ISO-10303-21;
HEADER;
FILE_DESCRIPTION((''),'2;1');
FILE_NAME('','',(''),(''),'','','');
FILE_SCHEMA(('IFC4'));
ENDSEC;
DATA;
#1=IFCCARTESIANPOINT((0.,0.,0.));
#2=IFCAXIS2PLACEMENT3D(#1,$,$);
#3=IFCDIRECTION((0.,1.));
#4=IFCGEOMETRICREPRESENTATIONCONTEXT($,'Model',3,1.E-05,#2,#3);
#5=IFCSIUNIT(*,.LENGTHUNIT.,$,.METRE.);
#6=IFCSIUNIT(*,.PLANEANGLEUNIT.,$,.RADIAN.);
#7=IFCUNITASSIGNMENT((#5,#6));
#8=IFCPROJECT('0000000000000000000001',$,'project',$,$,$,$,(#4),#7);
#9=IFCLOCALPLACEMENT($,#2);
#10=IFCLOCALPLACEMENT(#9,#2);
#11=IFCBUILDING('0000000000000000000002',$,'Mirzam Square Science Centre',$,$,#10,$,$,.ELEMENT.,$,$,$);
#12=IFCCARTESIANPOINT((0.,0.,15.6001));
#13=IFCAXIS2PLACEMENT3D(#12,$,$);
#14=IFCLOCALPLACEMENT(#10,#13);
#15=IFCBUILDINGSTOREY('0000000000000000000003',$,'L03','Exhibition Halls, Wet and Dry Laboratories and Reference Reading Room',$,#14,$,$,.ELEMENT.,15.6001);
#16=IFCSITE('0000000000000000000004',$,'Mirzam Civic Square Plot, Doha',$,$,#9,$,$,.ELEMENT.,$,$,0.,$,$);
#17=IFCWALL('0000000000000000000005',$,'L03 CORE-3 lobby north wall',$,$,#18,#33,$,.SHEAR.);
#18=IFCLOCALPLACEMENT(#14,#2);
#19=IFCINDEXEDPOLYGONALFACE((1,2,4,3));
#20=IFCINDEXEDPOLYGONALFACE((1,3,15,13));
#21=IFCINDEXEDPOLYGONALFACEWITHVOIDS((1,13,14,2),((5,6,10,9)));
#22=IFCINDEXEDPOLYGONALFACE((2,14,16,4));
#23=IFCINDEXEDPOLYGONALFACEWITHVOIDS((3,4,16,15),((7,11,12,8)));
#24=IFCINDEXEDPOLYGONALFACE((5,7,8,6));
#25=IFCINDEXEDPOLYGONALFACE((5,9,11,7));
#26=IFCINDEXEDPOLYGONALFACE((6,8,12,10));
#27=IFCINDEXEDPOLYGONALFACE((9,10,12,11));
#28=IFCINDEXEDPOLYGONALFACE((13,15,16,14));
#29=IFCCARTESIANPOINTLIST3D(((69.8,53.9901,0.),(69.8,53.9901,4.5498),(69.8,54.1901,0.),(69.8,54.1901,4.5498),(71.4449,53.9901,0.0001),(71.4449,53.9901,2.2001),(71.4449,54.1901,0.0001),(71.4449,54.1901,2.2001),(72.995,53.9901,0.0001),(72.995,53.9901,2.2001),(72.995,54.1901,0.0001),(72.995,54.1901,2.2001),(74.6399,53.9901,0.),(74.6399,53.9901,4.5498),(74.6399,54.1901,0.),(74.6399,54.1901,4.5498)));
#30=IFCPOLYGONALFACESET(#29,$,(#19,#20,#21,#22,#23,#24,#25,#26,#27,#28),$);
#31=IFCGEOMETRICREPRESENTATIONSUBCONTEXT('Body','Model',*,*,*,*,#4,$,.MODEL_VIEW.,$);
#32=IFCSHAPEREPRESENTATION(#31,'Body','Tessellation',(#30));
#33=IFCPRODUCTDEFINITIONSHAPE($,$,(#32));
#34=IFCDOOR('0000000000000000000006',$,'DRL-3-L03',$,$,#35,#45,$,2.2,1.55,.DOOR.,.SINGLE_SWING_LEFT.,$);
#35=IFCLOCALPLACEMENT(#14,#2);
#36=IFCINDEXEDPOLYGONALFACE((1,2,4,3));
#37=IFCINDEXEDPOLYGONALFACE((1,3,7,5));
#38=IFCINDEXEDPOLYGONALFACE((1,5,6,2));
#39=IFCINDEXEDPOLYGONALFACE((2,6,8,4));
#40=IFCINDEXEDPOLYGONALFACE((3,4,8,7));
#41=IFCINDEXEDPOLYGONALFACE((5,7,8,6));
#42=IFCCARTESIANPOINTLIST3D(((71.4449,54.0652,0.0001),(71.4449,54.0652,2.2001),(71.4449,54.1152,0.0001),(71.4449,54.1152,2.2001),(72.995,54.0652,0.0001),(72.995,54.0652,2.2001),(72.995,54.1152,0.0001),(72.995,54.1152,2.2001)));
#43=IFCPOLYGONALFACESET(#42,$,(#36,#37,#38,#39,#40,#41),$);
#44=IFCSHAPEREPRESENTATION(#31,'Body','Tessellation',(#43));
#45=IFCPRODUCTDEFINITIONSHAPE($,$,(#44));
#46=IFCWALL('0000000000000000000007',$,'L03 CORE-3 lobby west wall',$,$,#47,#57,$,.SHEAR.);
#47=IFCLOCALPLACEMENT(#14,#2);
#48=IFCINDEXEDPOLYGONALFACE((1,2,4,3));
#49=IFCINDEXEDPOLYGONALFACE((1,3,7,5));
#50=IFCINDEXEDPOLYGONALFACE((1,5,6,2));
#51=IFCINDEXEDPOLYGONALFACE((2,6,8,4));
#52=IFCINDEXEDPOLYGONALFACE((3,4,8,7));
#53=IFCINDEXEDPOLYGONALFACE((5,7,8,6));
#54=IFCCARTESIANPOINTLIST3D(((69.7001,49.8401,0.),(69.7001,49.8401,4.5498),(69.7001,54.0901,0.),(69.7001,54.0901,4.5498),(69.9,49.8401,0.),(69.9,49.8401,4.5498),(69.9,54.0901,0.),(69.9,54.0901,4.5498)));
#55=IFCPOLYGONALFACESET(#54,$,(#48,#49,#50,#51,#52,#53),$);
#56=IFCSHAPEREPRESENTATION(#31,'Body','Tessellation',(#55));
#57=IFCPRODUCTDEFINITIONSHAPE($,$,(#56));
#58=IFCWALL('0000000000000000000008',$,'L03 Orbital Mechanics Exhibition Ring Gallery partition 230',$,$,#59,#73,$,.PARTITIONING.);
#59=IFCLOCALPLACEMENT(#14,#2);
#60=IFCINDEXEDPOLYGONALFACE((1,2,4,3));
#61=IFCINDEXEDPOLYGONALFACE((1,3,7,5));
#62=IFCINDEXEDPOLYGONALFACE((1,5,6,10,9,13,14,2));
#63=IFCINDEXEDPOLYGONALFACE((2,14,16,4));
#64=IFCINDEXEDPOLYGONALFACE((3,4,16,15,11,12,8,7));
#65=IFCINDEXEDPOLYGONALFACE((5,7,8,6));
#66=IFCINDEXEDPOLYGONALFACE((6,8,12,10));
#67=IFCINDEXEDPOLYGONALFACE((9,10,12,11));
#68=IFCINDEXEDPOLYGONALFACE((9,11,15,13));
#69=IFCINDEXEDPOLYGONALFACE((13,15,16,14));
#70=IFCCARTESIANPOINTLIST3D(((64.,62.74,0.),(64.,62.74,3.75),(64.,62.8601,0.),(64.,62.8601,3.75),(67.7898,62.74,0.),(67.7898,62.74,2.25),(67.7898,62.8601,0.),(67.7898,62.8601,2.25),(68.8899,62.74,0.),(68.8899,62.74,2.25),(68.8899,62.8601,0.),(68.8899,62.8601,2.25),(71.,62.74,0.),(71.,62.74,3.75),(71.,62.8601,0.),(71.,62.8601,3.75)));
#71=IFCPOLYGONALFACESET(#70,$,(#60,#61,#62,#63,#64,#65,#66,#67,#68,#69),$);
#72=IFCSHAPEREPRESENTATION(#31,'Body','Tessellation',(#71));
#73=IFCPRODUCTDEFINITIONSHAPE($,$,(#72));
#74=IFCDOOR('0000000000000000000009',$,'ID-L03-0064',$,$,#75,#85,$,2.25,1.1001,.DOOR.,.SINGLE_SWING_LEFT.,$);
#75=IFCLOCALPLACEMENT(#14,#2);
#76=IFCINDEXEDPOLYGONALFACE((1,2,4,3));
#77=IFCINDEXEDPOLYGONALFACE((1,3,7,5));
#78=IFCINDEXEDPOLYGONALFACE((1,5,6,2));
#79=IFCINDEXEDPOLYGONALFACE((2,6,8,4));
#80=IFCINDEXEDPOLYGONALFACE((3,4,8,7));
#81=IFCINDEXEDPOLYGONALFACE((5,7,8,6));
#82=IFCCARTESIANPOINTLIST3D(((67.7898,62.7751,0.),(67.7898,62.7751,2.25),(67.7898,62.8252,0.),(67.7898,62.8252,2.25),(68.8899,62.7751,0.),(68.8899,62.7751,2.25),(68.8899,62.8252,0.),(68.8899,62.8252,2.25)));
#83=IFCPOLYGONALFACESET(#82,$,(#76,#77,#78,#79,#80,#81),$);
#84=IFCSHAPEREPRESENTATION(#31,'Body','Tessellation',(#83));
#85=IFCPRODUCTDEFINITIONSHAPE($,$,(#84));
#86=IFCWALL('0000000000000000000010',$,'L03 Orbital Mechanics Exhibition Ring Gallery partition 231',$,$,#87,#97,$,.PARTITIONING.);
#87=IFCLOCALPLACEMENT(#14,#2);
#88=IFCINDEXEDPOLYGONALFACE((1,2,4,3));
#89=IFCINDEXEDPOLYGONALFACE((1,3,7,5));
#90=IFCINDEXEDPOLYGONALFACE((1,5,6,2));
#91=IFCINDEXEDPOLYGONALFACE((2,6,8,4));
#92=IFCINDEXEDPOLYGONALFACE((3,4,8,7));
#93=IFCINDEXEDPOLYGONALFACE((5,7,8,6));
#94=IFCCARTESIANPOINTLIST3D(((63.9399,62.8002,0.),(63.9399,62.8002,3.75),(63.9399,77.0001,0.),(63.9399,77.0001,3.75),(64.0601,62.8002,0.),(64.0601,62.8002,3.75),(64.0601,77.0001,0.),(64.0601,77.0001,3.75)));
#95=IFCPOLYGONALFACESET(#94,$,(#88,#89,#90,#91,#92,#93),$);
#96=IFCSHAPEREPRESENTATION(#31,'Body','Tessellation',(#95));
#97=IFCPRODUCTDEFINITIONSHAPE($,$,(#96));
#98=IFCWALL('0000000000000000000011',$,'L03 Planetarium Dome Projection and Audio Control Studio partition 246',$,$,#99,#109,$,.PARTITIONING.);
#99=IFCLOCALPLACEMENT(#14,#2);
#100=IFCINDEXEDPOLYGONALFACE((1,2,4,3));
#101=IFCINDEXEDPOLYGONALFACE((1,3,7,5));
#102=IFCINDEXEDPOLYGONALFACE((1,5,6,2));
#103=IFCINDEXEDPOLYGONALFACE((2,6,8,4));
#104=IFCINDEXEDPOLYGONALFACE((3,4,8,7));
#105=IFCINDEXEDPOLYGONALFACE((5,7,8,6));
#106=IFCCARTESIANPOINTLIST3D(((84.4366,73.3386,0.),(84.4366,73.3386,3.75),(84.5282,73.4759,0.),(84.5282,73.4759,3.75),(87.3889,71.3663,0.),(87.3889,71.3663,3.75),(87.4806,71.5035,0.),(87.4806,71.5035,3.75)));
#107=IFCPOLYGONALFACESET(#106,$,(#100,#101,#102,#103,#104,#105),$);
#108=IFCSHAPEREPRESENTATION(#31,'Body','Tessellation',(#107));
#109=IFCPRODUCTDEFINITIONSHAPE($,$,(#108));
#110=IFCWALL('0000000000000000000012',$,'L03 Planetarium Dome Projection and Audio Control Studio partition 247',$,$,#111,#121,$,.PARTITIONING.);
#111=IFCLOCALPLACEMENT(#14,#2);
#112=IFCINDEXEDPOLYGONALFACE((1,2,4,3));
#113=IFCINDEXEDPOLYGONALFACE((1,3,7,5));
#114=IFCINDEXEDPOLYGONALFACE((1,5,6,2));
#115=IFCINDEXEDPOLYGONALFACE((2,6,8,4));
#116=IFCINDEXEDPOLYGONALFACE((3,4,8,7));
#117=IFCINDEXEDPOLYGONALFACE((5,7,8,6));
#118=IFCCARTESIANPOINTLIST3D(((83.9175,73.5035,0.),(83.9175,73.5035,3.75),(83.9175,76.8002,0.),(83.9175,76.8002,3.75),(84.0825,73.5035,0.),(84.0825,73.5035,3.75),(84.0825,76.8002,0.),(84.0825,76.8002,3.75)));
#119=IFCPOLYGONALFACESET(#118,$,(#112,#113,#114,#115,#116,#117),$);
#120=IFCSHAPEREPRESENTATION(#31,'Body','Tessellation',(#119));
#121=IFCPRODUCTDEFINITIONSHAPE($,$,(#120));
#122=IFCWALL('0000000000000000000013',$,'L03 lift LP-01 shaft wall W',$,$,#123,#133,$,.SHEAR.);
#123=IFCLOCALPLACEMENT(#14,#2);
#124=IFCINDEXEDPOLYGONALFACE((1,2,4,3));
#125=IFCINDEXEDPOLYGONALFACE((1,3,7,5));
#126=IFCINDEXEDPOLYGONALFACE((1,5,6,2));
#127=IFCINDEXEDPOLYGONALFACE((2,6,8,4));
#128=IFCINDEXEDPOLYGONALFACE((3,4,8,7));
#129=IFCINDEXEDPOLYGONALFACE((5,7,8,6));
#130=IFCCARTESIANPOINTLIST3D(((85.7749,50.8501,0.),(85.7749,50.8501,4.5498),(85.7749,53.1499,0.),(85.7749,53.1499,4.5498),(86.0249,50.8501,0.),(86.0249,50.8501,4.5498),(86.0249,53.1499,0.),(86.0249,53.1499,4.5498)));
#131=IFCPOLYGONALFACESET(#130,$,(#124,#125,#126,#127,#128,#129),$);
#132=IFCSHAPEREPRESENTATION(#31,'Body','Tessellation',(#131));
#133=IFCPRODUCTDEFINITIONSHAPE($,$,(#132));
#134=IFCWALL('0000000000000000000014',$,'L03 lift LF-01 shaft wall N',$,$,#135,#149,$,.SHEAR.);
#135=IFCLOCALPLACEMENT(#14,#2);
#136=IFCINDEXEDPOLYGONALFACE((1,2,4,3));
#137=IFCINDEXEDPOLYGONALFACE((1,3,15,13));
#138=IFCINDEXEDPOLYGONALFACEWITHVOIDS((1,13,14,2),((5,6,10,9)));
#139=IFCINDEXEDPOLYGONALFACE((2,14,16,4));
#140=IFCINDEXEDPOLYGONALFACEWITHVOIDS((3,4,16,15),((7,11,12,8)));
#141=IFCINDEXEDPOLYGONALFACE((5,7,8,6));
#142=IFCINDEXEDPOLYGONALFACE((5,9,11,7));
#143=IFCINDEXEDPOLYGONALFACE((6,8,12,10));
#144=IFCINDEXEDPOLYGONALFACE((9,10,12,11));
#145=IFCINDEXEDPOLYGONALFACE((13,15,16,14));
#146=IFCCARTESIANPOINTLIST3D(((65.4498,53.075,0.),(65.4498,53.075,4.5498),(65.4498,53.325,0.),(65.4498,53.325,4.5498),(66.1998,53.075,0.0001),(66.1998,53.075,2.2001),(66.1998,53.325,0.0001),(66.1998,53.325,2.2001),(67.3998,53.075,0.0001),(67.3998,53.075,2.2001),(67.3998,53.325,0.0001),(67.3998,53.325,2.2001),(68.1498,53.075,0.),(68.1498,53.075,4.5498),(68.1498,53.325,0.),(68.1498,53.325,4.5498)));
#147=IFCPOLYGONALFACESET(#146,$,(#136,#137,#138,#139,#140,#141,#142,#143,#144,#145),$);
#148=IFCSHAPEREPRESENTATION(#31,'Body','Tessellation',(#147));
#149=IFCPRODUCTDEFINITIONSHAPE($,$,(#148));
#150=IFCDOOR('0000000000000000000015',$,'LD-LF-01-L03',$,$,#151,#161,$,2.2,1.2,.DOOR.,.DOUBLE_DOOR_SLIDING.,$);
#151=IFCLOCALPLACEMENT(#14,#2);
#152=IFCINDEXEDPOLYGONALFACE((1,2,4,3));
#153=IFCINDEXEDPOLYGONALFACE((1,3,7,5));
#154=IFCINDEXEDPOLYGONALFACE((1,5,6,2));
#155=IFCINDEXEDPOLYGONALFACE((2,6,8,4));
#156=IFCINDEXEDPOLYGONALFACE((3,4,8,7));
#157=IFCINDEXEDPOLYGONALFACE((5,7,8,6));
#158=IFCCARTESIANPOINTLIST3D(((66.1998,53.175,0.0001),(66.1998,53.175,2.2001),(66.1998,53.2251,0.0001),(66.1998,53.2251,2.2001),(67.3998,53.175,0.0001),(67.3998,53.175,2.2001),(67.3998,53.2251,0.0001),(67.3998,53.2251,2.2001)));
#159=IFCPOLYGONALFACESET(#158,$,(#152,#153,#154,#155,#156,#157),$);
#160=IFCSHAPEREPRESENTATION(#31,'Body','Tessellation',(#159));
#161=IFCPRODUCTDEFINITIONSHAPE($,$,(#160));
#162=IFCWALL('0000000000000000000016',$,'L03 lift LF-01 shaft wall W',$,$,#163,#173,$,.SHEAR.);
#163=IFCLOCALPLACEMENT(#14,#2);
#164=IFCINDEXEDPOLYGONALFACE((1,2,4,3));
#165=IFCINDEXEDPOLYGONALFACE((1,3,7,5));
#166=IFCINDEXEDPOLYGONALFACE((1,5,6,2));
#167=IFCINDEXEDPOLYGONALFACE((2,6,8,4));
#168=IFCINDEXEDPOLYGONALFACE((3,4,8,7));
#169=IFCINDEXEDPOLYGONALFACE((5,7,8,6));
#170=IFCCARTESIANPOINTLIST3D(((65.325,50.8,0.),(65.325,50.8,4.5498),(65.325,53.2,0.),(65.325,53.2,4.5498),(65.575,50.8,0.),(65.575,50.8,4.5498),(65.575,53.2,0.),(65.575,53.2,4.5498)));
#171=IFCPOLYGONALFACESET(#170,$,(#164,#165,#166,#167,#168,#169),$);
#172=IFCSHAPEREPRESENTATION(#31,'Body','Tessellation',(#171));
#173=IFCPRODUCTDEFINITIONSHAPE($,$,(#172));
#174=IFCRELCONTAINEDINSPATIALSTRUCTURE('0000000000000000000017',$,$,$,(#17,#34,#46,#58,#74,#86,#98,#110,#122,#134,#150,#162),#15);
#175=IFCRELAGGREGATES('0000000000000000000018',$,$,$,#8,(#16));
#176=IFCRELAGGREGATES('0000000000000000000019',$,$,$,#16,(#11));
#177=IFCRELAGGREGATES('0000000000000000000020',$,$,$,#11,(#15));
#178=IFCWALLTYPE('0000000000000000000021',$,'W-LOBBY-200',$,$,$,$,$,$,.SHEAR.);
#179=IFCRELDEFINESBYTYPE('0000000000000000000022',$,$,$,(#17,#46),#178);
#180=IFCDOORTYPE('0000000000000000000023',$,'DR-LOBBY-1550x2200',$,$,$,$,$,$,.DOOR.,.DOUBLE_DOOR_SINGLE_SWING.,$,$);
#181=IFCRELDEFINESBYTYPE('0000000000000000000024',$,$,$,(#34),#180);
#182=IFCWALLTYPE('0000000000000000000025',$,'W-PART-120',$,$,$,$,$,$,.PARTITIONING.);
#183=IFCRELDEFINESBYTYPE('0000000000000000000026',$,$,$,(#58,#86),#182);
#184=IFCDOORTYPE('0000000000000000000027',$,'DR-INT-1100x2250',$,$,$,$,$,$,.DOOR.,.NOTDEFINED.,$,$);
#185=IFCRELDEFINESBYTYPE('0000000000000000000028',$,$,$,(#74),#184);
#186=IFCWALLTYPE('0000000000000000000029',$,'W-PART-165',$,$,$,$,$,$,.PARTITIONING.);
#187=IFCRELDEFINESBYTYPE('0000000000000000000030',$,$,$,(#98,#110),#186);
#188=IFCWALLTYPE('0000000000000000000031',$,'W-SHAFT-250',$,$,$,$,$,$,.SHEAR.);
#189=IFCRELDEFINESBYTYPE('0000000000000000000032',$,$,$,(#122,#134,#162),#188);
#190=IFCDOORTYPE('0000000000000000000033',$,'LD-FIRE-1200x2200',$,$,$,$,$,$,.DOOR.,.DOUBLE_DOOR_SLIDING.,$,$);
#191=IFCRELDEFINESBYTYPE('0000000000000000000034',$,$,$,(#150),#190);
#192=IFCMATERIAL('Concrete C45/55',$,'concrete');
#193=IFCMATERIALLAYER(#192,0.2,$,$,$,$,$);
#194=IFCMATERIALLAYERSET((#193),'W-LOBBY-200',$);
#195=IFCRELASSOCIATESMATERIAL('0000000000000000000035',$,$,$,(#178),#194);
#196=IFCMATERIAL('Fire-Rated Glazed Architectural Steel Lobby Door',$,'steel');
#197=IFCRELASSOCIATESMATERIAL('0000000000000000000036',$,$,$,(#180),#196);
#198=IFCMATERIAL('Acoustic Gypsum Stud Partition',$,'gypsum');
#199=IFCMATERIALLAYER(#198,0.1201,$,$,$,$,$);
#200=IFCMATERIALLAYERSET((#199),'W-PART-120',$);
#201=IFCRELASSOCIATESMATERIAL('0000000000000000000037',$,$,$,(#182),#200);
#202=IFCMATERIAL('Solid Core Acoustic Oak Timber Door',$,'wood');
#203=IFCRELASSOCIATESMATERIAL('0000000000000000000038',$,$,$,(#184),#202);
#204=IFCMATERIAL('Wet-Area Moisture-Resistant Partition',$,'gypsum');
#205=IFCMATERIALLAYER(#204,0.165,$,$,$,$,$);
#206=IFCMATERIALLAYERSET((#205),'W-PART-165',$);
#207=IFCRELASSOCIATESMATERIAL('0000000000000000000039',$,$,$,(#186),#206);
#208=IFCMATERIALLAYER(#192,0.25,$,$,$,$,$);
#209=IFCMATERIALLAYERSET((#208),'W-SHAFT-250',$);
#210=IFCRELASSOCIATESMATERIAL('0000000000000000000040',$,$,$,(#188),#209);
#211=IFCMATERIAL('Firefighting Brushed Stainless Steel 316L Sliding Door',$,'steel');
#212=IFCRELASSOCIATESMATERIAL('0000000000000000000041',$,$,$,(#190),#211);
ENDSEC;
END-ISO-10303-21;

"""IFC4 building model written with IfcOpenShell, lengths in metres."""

from ifc_helpers import new_model, si_unit, direction, frame, frame_2d, origin, place, context, subcontext, project, spatial, rectangle, extrude, material, layer, layer_set, type_object, element, fill, save


model = new_model("IFC4")

# Units and contexts
model_context = context("Model", 3, precision=1e-05, world=origin(), true_north=direction((0.0, 1.0)))
body_context = subcontext(model_context, "Body", "Model", "MODEL_VIEW")
ifc_project = project(units=[si_unit("LENGTHUNIT", "METRE"), si_unit("PLANEANGLEUNIT", "RADIAN")], contexts=[model_context])

# Site, building, storey
site_placement = place(None, origin())
site = spatial("IfcSite", under=ifc_project, at=site_placement, Name="Mirzam Civic Square Plot, Doha", CompositionType="ELEMENT", RefElevation=0.0)
building_placement = place(site_placement, origin())
building = spatial("IfcBuilding", under=site, at=building_placement, Name="Mirzam Square Science Centre", CompositionType="ELEMENT")
storey_placement = place(building_placement, frame((0.0, 0.0, 15.6001)))
storey = spatial("IfcBuildingStorey", under=building, at=storey_placement, Name="L03", Description="Exhibition Halls, Wet and Dry Laboratories and Reference Reading Room", CompositionType="ELEMENT", Elevation=15.6001)

# Shared definitions
ifc_material_1 = material(Name="Concrete C45/55", Category="concrete")

# Wall, opening, door
ifc_layer_1 = layer(ifc_material_1, 0.2)
ifc_layer_set_1 = layer_set([ifc_layer_1], Name="W-LOBBY-200")
wall_type_1 = type_object("IfcWallType", Name="W-LOBBY-200", PredefinedType="SHEAR", material=ifc_layer_set_1)
wall_1_placement = place(storey_placement, frame((74.6399, 54.0901, 0.0), z_axis=(0.0, 0.0, 1.0), x_axis=(-1.0, 0.0, 0.0)))
wall_1 = element("IfcWall", 1, at=wall_1_placement, inside=storey, type_object=wall_type_1, Name="L03 CORE-3 lobby north wall", PredefinedType="SHEAR", context=body_context, shape_type="SweptSolid", body=[
    extrude(rectangle(XDim=4.8398, YDim=0.2, at=frame_2d((2.4199, 0.0))), origin(), (0.0, 0.0, 1.0), 4.5498),
])
opening_1_placement = place(wall_1_placement, frame((1.645, 0.0, 0.0)))
opening_1 = element("IfcOpeningElement", 2, at=opening_1_placement, cuts=wall_1, PredefinedType="OPENING", context=body_context, shape_type="SweptSolid", body=[
    extrude(rectangle(XDim=1.55, YDim=2.2, at=frame_2d((0.7749, 1.1001))), frame((0.0, 0.1099, 0.0), z_axis=(0.0, -1.0, 0.0), x_axis=(1.0, 0.0, 0.0)), (0.0, 0.0, 1.0), 0.22),
])
ifc_material_2 = material(Name="Fire-Rated Glazed Architectural Steel Lobby Door", Category="steel")
door_type_1 = type_object("IfcDoorType", Name="DR-LOBBY-1550x2200", OperationType="DOUBLE_DOOR_SINGLE_SWING", PredefinedType="DOOR", material=ifc_material_2)
door_1_placement = place(opening_1_placement, origin())
door_1 = element("IfcDoor", 3, at=door_1_placement, inside=storey, type_object=door_type_1, Name="DRL-3-L03", OperationType="SINGLE_SWING_LEFT", OverallHeight=2.2, OverallWidth=1.55, PredefinedType="DOOR", context=body_context, shape_type="SweptSolid", body=[
    extrude(rectangle(XDim=1.55, YDim=2.2, at=frame_2d((0.7749, 1.1001))), frame((0.0, 0.0249, 0.0), z_axis=(0.0, -1.0, 0.0), x_axis=(1.0, 0.0, 0.0)), (0.0, 0.0, 1.0), 0.05),
])
fill(opening_1, door_1)

# Wall
wall_2_placement = place(storey_placement, frame((69.8, 54.0901, 0.0), z_axis=(0.0, 0.0, 1.0), x_axis=(0.0, -1.0, 0.0)))
element("IfcWall", 4, at=wall_2_placement, inside=storey, type_object=wall_type_1, Name="L03 CORE-3 lobby west wall", PredefinedType="SHEAR", context=body_context, shape_type="SweptSolid", body=[
    extrude(rectangle(XDim=4.25, YDim=0.2, at=frame_2d((2.125, 0.0))), origin(), (0.0, 0.0, 1.0), 4.5498),
])

# Wall, opening, door
ifc_material_3 = material(Name="Acoustic Gypsum Stud Partition", Category="gypsum")
ifc_layer_2 = layer(ifc_material_3, 0.1201)
ifc_layer_set_2 = layer_set([ifc_layer_2], Name="W-PART-120")
wall_type_2 = type_object("IfcWallType", Name="W-PART-120", PredefinedType="PARTITIONING", material=ifc_layer_set_2)
wall_3_placement = place(storey_placement, frame((71.0, 62.8, 0.0), z_axis=(0.0, 0.0, 1.0), x_axis=(-1.0, 0.0, 0.0)))
wall_3 = element("IfcWall", 5, at=wall_3_placement, inside=storey, type_object=wall_type_2, Name="L03 Orbital Mechanics Exhibition Ring Gallery partition 230", PredefinedType="PARTITIONING", context=body_context, shape_type="SweptSolid", body=[
    extrude(rectangle(XDim=7.0, YDim=0.1201, at=frame_2d((3.5, 0.0))), origin(), (0.0, 0.0, 1.0), 3.75),
])
opening_2_placement = place(wall_3_placement, frame((2.1101, 0.0, 0.0)))
opening_2 = element("IfcOpeningElement", 6, at=opening_2_placement, cuts=wall_3, PredefinedType="OPENING", context=body_context, shape_type="SweptSolid", body=[
    extrude(rectangle(XDim=1.1001, YDim=2.25, at=frame_2d((0.55, 1.125))), frame((0.0, 0.0701, 0.0), z_axis=(0.0, -1.0, 0.0), x_axis=(1.0, 0.0, 0.0)), (0.0, 0.0, 1.0), 0.1401),
])
ifc_material_4 = material(Name="Solid Core Acoustic Oak Timber Door", Category="wood")
door_type_2 = type_object("IfcDoorType", Name="DR-INT-1100x2250", OperationType="NOTDEFINED", PredefinedType="DOOR", material=ifc_material_4)
door_2_placement = place(opening_2_placement, origin())
door_2 = element("IfcDoor", 7, at=door_2_placement, inside=storey, type_object=door_type_2, Name="ID-L03-0064", OperationType="SINGLE_SWING_LEFT", OverallHeight=2.25, OverallWidth=1.1001, PredefinedType="DOOR", context=body_context, shape_type="SweptSolid", body=[
    extrude(rectangle(XDim=1.1001, YDim=2.25, at=frame_2d((0.55, 1.125))), frame((0.0, 0.0249, 0.0), z_axis=(0.0, -1.0, 0.0), x_axis=(1.0, 0.0, 0.0)), (0.0, 0.0, 1.0), 0.05),
])
fill(opening_2, door_2)

# Walls
wall_4_placement = place(storey_placement, frame((64.0, 62.8, 0.0), z_axis=(0.0, 0.0, 1.0), x_axis=(0.0, 1.0, 0.0)))
element("IfcWall", 8, at=wall_4_placement, inside=storey, type_object=wall_type_2, Name="L03 Orbital Mechanics Exhibition Ring Gallery partition 231", PredefinedType="PARTITIONING", context=body_context, shape_type="SweptSolid", body=[
    extrude(rectangle(XDim=14.2, YDim=0.1201, at=frame_2d((7.1001, 0.0))), origin(), (0.0, 0.0, 1.0), 3.75),
])
ifc_material_5 = material(Name="Wet-Area Moisture-Resistant Partition", Category="gypsum")
ifc_layer_3 = layer(ifc_material_5, 0.165)
ifc_layer_set_3 = layer_set([ifc_layer_3], Name="W-PART-165")
wall_type_3 = type_object("IfcWallType", Name="W-PART-165", PredefinedType="PARTITIONING", material=ifc_layer_set_3)
wall_5_placement = place(storey_placement, frame((87.4348, 71.4348, 0.0), z_axis=(0.0, 0.0, 1.0), x_axis=(-0.83151, 0.555509, 0.0)))
element("IfcWall", 9, at=wall_5_placement, inside=storey, type_object=wall_type_3, Name="L03 Planetarium Dome Projection and Audio Control Studio partition 246", PredefinedType="PARTITIONING", context=body_context, shape_type="SweptSolid", body=[
    extrude(rectangle(XDim=3.5505, YDim=0.165, at=frame_2d((1.7754, 0.0))), origin(), (0.0, 0.0, 1.0), 3.75),
])
wall_6_placement = place(storey_placement, frame((84.0, 73.5034, 0.0), z_axis=(0.0, 0.0, 1.0), x_axis=(0.0, 1.0, 0.0)))
element("IfcWall", 10, at=wall_6_placement, inside=storey, type_object=wall_type_3, Name="L03 Planetarium Dome Projection and Audio Control Studio partition 247", PredefinedType="PARTITIONING", context=body_context, shape_type="SweptSolid", body=[
    extrude(rectangle(XDim=3.2966, YDim=0.165, at=frame_2d((1.6484, 0.0))), origin(), (0.0, 0.0, 1.0), 3.75),
])

# Shared definitions
ifc_layer_4 = layer(ifc_material_1, 0.25)
ifc_layer_set_4 = layer_set([ifc_layer_4], Name="W-SHAFT-250")
wall_type_4 = type_object("IfcWallType", Name="W-SHAFT-250", PredefinedType="SHEAR", material=ifc_layer_set_4)

# Wall
wall_7_placement = place(storey_placement, frame((85.8999, 53.1499, 0.0), z_axis=(0.0, 0.0, 1.0), x_axis=(0.0, -1.0, 0.0)))
element("IfcWall", 11, at=wall_7_placement, inside=storey, type_object=wall_type_4, Name="L03 lift LP-01 shaft wall W", PredefinedType="SHEAR", context=body_context, shape_type="SweptSolid", body=[
    extrude(rectangle(XDim=2.2998, YDim=0.25, at=frame_2d((1.1499, 0.0))), origin(), (0.0, 0.0, 1.0), 4.5498),
])

# Wall, opening, door
wall_8_placement = place(storey_placement, frame((68.1499, 53.2, 0.0), z_axis=(0.0, 0.0, 1.0), x_axis=(-1.0, 0.0, 0.0)))
wall_8 = element("IfcWall", 12, at=wall_8_placement, inside=storey, type_object=wall_type_4, Name="L03 lift LF-01 shaft wall N", PredefinedType="SHEAR", context=body_context, shape_type="SweptSolid", body=[
    extrude(rectangle(XDim=2.7, YDim=0.25, at=frame_2d((1.3501, 0.0))), origin(), (0.0, 0.0, 1.0), 4.5498),
])
opening_3_placement = place(wall_8_placement, frame((0.75, 0.0, 0.0)))
opening_3 = element("IfcOpeningElement", 13, at=opening_3_placement, cuts=wall_8, PredefinedType="OPENING", context=body_context, shape_type="SweptSolid", body=[
    extrude(rectangle(XDim=1.2, YDim=2.2, at=frame_2d((0.6001, 1.1001))), frame((0.0, 0.135, 0.0), z_axis=(0.0, -1.0, 0.0), x_axis=(1.0, 0.0, 0.0)), (0.0, 0.0, 1.0), 0.27),
])
ifc_material_6 = material(Name="Firefighting Brushed Stainless Steel 316L Sliding Door", Category="steel")
door_type_3 = type_object("IfcDoorType", Name="LD-FIRE-1200x2200", OperationType="DOUBLE_DOOR_SLIDING", PredefinedType="DOOR", material=ifc_material_6)
door_3_placement = place(opening_3_placement, origin())
door_3 = element("IfcDoor", 14, at=door_3_placement, inside=storey, type_object=door_type_3, Name="LD-LF-01-L03", OperationType="DOUBLE_DOOR_SLIDING", OverallHeight=2.2, OverallWidth=1.2, PredefinedType="DOOR", context=body_context, shape_type="SweptSolid", body=[
    extrude(rectangle(XDim=1.2, YDim=2.2, at=frame_2d((0.6001, 1.1001))), frame((0.0, 0.0249, 0.0), z_axis=(0.0, -1.0, 0.0), x_axis=(1.0, 0.0, 0.0)), (0.0, 0.0, 1.0), 0.05),
])
fill(opening_3, door_3)

# Wall
wall_9_placement = place(storey_placement, frame((65.45, 53.2, 0.0), z_axis=(0.0, 0.0, 1.0), x_axis=(0.0, -1.0, 0.0)))
element("IfcWall", 15, at=wall_9_placement, inside=storey, type_object=wall_type_4, Name="L03 lift LF-01 shaft wall W", PredefinedType="SHEAR", context=body_context, shape_type="SweptSolid", body=[
    extrude(rectangle(XDim=2.3999, YDim=0.25, at=frame_2d((1.2, 0.0))), origin(), (0.0, 0.0, 1.0), 4.5498),
])

save(model, "model.ifc")
